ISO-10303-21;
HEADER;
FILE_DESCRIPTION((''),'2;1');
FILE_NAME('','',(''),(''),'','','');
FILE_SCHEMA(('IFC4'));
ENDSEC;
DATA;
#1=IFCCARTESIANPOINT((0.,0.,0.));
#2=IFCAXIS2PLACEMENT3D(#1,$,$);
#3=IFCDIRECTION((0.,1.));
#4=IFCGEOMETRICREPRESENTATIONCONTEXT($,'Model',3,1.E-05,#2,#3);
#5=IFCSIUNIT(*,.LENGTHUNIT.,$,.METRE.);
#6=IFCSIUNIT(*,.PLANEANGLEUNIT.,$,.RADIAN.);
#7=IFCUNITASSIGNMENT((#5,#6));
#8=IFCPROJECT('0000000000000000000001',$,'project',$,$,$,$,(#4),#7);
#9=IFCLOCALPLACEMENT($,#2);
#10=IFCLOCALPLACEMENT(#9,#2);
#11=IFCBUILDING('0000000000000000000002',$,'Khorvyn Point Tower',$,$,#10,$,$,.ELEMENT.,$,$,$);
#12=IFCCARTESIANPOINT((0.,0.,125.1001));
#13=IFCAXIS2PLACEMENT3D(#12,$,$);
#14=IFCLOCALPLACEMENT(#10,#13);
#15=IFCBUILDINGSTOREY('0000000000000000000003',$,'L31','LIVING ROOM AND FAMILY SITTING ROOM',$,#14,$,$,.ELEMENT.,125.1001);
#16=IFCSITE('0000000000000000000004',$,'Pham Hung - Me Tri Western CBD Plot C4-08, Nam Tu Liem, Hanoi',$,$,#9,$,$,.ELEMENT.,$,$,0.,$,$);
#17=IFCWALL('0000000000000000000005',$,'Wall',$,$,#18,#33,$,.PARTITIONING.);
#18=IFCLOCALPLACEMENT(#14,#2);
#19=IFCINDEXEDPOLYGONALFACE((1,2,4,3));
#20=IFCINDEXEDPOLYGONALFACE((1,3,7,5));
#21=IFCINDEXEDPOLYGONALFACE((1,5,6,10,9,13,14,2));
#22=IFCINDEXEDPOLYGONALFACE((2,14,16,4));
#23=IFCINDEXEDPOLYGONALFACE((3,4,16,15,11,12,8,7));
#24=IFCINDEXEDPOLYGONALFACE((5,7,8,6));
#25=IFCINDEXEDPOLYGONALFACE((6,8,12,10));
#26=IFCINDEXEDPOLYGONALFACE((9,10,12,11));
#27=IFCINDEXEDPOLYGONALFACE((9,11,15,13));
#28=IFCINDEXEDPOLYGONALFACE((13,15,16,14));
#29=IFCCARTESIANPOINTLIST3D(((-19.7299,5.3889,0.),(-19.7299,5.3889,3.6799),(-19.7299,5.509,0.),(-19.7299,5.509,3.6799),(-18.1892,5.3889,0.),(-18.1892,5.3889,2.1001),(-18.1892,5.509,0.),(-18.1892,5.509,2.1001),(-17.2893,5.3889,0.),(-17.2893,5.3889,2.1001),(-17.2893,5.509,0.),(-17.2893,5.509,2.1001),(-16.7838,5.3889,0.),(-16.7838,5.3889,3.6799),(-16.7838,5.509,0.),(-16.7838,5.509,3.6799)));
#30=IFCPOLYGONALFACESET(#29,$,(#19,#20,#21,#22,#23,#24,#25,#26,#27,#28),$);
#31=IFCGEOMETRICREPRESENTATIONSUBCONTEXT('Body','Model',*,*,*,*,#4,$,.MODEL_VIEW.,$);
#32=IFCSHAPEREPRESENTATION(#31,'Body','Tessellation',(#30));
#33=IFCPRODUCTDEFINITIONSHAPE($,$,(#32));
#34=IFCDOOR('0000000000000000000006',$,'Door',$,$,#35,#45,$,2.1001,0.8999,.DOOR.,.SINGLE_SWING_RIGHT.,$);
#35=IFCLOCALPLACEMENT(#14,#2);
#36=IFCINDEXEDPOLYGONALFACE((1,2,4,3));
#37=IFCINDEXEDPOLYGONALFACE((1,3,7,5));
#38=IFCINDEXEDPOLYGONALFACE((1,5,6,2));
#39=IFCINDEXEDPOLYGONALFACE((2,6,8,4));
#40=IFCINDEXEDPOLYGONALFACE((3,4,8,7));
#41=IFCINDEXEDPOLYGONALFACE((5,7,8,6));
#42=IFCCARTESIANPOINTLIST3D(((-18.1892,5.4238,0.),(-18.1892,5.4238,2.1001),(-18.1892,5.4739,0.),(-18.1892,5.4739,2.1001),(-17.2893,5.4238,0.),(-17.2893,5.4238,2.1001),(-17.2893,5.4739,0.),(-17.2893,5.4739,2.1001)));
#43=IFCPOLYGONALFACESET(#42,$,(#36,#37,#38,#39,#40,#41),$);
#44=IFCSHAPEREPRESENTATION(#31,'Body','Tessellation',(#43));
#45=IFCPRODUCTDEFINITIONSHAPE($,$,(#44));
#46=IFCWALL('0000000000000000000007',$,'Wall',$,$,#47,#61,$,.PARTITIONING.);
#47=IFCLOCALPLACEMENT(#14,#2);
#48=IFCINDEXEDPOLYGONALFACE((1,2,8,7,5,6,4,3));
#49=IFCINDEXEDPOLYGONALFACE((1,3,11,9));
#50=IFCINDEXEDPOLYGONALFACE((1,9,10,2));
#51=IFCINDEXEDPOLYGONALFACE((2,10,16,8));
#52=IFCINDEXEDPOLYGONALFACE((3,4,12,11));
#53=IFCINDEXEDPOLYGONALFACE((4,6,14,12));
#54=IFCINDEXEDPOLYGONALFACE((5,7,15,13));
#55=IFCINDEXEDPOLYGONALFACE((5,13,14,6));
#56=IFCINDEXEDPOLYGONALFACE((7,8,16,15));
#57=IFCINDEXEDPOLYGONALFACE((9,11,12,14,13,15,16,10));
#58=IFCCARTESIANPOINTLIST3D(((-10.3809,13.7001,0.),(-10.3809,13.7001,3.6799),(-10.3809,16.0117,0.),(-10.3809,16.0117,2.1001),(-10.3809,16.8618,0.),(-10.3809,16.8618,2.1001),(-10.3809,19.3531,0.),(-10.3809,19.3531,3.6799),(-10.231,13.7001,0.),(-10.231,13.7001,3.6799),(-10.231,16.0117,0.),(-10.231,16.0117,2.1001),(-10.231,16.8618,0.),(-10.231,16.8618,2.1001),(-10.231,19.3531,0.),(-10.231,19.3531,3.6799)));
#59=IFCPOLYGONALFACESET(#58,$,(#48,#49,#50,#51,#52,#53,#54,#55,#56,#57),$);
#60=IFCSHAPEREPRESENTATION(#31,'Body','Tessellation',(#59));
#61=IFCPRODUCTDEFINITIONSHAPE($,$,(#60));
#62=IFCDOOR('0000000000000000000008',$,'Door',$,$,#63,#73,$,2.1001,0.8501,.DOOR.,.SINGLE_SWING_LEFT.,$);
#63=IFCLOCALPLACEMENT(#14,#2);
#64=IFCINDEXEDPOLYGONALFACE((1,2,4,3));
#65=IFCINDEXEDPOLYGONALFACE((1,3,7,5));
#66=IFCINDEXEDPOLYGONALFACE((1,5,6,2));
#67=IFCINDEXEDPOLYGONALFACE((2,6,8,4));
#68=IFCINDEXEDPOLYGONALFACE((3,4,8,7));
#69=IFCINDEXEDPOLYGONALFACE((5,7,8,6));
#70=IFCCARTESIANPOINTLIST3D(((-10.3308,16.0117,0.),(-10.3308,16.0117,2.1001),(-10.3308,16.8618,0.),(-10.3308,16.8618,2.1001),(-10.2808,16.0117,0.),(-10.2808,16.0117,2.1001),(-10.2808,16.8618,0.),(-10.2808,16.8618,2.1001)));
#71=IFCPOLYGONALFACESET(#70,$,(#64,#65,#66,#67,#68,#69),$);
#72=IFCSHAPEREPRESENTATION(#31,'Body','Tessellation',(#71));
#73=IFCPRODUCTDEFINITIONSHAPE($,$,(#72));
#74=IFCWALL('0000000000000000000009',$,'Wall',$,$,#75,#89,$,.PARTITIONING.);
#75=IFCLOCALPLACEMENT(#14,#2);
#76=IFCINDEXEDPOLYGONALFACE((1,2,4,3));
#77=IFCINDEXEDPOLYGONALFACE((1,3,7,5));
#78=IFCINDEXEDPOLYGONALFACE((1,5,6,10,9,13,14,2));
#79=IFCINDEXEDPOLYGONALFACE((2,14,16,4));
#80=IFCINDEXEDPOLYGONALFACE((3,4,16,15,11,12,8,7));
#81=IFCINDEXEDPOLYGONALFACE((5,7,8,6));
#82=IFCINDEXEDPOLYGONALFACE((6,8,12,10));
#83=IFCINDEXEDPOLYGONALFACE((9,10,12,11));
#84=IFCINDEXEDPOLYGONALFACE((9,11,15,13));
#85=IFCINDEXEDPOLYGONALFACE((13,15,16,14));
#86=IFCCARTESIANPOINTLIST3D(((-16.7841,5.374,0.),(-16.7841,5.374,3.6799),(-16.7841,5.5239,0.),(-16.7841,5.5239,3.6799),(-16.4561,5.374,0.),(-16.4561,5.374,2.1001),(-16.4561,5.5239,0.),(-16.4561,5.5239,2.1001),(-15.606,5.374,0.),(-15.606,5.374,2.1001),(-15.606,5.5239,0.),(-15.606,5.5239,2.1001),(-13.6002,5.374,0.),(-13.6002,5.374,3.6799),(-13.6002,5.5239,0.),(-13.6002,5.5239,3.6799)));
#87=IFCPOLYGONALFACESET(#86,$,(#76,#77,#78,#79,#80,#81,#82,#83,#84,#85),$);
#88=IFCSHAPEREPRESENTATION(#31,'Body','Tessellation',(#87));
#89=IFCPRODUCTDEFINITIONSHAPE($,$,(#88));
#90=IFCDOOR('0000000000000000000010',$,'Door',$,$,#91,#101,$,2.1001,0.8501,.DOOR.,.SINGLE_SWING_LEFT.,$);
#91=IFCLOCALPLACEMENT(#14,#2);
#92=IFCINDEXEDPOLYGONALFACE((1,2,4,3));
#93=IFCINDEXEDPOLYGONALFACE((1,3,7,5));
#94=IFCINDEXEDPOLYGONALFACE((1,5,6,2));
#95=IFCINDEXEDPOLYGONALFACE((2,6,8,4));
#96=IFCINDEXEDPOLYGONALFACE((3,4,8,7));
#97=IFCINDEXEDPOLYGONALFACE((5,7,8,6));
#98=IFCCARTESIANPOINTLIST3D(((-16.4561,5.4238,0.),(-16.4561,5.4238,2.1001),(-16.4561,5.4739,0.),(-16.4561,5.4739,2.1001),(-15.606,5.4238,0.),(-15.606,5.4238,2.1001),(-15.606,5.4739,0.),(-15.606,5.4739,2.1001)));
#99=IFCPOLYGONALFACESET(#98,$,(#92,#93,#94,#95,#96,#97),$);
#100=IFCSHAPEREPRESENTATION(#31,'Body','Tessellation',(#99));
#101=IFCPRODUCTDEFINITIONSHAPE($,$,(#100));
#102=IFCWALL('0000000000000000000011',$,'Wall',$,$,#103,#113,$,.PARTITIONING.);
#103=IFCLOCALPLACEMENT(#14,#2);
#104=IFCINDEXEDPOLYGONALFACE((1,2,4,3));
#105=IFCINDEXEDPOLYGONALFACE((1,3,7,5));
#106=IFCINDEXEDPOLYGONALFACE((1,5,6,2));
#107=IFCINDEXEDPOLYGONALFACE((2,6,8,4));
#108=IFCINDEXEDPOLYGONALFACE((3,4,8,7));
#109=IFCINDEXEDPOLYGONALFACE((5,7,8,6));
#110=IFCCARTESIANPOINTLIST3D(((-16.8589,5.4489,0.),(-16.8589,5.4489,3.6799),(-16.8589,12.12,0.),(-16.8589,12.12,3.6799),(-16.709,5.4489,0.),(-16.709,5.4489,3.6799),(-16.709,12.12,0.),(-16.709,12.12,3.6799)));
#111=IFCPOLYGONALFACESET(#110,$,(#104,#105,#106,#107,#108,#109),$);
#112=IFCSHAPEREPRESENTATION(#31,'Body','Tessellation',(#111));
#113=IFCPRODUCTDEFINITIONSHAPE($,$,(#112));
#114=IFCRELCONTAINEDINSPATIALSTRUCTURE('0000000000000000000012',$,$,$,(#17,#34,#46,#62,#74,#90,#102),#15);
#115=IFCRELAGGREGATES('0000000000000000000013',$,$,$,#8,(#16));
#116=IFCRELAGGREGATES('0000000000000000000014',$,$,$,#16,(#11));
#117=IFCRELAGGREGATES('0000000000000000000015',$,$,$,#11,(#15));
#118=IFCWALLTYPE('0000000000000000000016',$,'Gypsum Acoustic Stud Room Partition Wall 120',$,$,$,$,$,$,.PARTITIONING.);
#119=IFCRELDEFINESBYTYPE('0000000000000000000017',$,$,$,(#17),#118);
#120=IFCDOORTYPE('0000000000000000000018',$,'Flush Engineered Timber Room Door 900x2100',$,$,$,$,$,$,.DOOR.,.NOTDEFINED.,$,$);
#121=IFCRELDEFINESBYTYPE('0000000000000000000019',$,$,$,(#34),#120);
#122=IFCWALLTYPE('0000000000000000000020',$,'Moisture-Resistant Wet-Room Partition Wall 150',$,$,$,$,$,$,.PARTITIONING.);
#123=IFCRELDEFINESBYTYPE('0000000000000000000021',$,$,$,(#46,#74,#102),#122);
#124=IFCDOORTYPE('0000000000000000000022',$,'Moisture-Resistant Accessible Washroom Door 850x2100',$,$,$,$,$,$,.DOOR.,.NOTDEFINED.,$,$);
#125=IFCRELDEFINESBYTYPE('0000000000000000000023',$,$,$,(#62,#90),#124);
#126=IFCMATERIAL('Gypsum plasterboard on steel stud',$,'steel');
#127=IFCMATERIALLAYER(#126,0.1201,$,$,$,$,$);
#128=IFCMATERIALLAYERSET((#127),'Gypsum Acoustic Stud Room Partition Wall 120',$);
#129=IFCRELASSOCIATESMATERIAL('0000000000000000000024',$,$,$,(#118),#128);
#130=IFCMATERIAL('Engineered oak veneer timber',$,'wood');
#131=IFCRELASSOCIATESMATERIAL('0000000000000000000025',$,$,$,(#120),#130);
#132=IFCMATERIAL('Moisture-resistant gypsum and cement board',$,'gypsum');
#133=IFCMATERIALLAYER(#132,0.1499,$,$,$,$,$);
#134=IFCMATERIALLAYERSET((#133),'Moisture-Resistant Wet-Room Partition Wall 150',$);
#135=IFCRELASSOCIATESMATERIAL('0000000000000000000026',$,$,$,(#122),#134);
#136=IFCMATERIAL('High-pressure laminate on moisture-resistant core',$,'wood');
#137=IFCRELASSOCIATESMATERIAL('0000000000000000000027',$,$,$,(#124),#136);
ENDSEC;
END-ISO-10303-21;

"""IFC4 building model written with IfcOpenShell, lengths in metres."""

from ifc_helpers import new_model, si_unit, direction, frame, frame_2d, origin, place, context, subcontext, project, spatial, rectangle, extrude, material, layer, layer_set, type_object, element, fill, save


model = new_model("IFC4")

# Units and contexts
model_context = context("Model", 3, precision=1e-05, world=origin(), true_north=direction((0.0, 1.0)))
body_context = subcontext(model_context, "Body", "Model", "MODEL_VIEW")
ifc_project = project(units=[si_unit("LENGTHUNIT", "METRE"), si_unit("PLANEANGLEUNIT", "RADIAN")], contexts=[model_context])

# Site, building, storey
site_placement = place(None, origin())
site = spatial("IfcSite", under=ifc_project, at=site_placement, Name="Pham Hung - Me Tri Western CBD Plot C4-08, Nam Tu Liem, Hanoi", CompositionType="ELEMENT", RefElevation=0.0)
building_placement = place(site_placement, origin())
building = spatial("IfcBuilding", under=site, at=building_placement, Name="Khorvyn Point Tower", CompositionType="ELEMENT")
storey_placement = place(building_placement, frame((0.0, 0.0, 125.1001)))
storey = spatial("IfcBuildingStorey", under=building, at=storey_placement, Name="L31", Description="LIVING ROOM AND FAMILY SITTING ROOM", CompositionType="ELEMENT", Elevation=125.1001)

# Walls, openings, doors
ifc_material_1 = material(Name="Gypsum plasterboard on steel stud", Category="steel")
ifc_layer_1 = layer(ifc_material_1, 0.1201)
ifc_layer_set_1 = layer_set([ifc_layer_1], Name="Gypsum Acoustic Stud Room Partition Wall 120")
wall_type_1 = type_object("IfcWallType", Name="Gypsum Acoustic Stud Room Partition Wall 120", PredefinedType="PARTITIONING", material=ifc_layer_set_1)
wall_1_placement = place(storey_placement, frame((-19.73, 5.449, 0.0), z_axis=(0.0, 0.0, 1.0), x_axis=(1.0, 0.0, 0.0)))
wall_1 = element("IfcWall", 1, at=wall_1_placement, inside=storey, type_object=wall_type_1, Name="Wall", PredefinedType="PARTITIONING", context=body_context, shape_type="SweptSolid", body=[
    extrude(rectangle(XDim=2.946, YDim=0.1201, at=frame_2d((1.4731, 0.0))), origin(), (0.0, 0.0, 1.0), 3.6799),
])
opening_1_placement = place(wall_1_placement, frame((1.5408, 0.0, 0.0)))
opening_1 = element("IfcOpeningElement", 2, at=opening_1_placement, cuts=wall_1, PredefinedType="OPENING", context=body_context, shape_type="SweptSolid", body=[
    extrude(rectangle(XDim=0.8999, YDim=2.1001, at=frame_2d((0.45, 1.05))), frame((0.0, 0.0701, 0.0), z_axis=(0.0, -1.0, 0.0), x_axis=(1.0, 0.0, 0.0)), (0.0, 0.0, 1.0), 0.1401),
])
ifc_material_2 = material(Name="Engineered oak veneer timber", Category="wood")
door_type_1 = type_object("IfcDoorType", Name="Flush Engineered Timber Room Door 900x2100", OperationType="NOTDEFINED", PredefinedType="DOOR", material=ifc_material_2)
door_1_placement = place(opening_1_placement, origin())
door_1 = element("IfcDoor", 3, at=door_1_placement, inside=storey, type_object=door_type_1, Name="Door", OperationType="SINGLE_SWING_RIGHT", OverallHeight=2.1001, OverallWidth=0.8999, PredefinedType="DOOR", context=body_context, shape_type="SweptSolid", body=[
    extrude(rectangle(XDim=0.8999, YDim=2.1001, at=frame_2d((0.45, 1.05))), frame((0.0, 0.0249, 0.0), z_axis=(0.0, -1.0, 0.0), x_axis=(1.0, 0.0, 0.0)), (0.0, 0.0, 1.0), 0.05),
])
fill(opening_1, door_1)
ifc_material_3 = material(Name="Moisture-resistant gypsum and cement board", Category="gypsum")
ifc_layer_2 = layer(ifc_material_3, 0.1499)
ifc_layer_set_2 = layer_set([ifc_layer_2], Name="Moisture-Resistant Wet-Room Partition Wall 150")
wall_type_2 = type_object("IfcWallType", Name="Moisture-Resistant Wet-Room Partition Wall 150", PredefinedType="PARTITIONING", material=ifc_layer_set_2)
wall_2_placement = place(storey_placement, frame((-10.3059, 13.7, 0.0), z_axis=(0.0, 0.0, 1.0), x_axis=(0.0, 1.0, 0.0)))
wall_2 = element("IfcWall", 4, at=wall_2_placement, inside=storey, type_object=wall_type_2, Name="Wall", PredefinedType="PARTITIONING", context=body_context, shape_type="SweptSolid", body=[
    extrude(rectangle(XDim=5.6531, YDim=0.1499, at=frame_2d((2.8267, 0.0))), origin(), (0.0, 0.0, 1.0), 3.6799),
])
opening_2_placement = place(wall_2_placement, frame((2.3118, 0.0, 0.0)))
opening_2 = element("IfcOpeningElement", 5, at=opening_2_placement, cuts=wall_2, PredefinedType="OPENING", context=body_context, shape_type="SweptSolid", body=[
    extrude(rectangle(XDim=0.8501, YDim=2.1001, at=frame_2d((0.425, 1.05))), frame((0.0, 0.085, 0.0), z_axis=(0.0, -1.0, 0.0), x_axis=(1.0, 0.0, 0.0)), (0.0, 0.0, 1.0), 0.1699),
])
ifc_material_4 = material(Name="High-pressure laminate on moisture-resistant core", Category="wood")
door_type_2 = type_object("IfcDoorType", Name="Moisture-Resistant Accessible Washroom Door 850x2100", OperationType="NOTDEFINED", PredefinedType="DOOR", material=ifc_material_4)
door_2_placement = place(opening_2_placement, origin())
door_2 = element("IfcDoor", 6, at=door_2_placement, inside=storey, type_object=door_type_2, Name="Door", OperationType="SINGLE_SWING_LEFT", OverallHeight=2.1001, OverallWidth=0.8501, PredefinedType="DOOR", context=body_context, shape_type="SweptSolid", body=[
    extrude(rectangle(XDim=0.8501, YDim=2.1001, at=frame_2d((0.425, 1.05))), frame((0.0, 0.0249, 0.0), z_axis=(0.0, -1.0, 0.0), x_axis=(1.0, 0.0, 0.0)), (0.0, 0.0, 1.0), 0.05),
])
fill(opening_2, door_2)
wall_3_placement = place(storey_placement, frame((-16.7839, 5.449, 0.0), z_axis=(0.0, 0.0, 1.0), x_axis=(1.0, 0.0, 0.0)))
wall_3 = element("IfcWall", 7, at=wall_3_placement, inside=storey, type_object=wall_type_2, Name="Wall", PredefinedType="PARTITIONING", context=body_context, shape_type="SweptSolid", body=[
    extrude(rectangle(XDim=3.1838, YDim=0.1499, at=frame_2d((1.5918, 0.0))), origin(), (0.0, 0.0, 1.0), 3.6799),
])
opening_3_placement = place(wall_3_placement, frame((0.3279, 0.0, 0.0)))
opening_3 = element("IfcOpeningElement", 8, at=opening_3_placement, cuts=wall_3, PredefinedType="OPENING", context=body_context, shape_type="SweptSolid", body=[
    extrude(rectangle(XDim=0.8501, YDim=2.1001, at=frame_2d((0.425, 1.05))), frame((0.0, 0.085, 0.0), z_axis=(0.0, -1.0, 0.0), x_axis=(1.0, 0.0, 0.0)), (0.0, 0.0, 1.0), 0.1699),
])
door_3_placement = place(opening_3_placement, origin())
door_3 = element("IfcDoor", 9, at=door_3_placement, inside=storey, type_object=door_type_2, Name="Door", OperationType="SINGLE_SWING_LEFT", OverallHeight=2.1001, OverallWidth=0.8501, PredefinedType="DOOR", context=body_context, shape_type="SweptSolid", body=[
    extrude(rectangle(XDim=0.8501, YDim=2.1001, at=frame_2d((0.425, 1.05))), frame((0.0, 0.0249, 0.0), z_axis=(0.0, -1.0, 0.0), x_axis=(1.0, 0.0, 0.0)), (0.0, 0.0, 1.0), 0.05),
])
fill(opening_3, door_3)

# Wall
wall_4_placement = place(storey_placement, frame((-16.7839, 5.449, 0.0), z_axis=(0.0, 0.0, 1.0), x_axis=(0.0, 1.0, 0.0)))
element("IfcWall", 10, at=wall_4_placement, inside=storey, type_object=wall_type_2, Name="Wall", PredefinedType="PARTITIONING", context=body_context, shape_type="SweptSolid", body=[
    extrude(rectangle(XDim=6.6711, YDim=0.1499, at=frame_2d((3.3354, 0.0))), origin(), (0.0, 0.0, 1.0), 3.6799),
])

save(model, "model.ifc")
